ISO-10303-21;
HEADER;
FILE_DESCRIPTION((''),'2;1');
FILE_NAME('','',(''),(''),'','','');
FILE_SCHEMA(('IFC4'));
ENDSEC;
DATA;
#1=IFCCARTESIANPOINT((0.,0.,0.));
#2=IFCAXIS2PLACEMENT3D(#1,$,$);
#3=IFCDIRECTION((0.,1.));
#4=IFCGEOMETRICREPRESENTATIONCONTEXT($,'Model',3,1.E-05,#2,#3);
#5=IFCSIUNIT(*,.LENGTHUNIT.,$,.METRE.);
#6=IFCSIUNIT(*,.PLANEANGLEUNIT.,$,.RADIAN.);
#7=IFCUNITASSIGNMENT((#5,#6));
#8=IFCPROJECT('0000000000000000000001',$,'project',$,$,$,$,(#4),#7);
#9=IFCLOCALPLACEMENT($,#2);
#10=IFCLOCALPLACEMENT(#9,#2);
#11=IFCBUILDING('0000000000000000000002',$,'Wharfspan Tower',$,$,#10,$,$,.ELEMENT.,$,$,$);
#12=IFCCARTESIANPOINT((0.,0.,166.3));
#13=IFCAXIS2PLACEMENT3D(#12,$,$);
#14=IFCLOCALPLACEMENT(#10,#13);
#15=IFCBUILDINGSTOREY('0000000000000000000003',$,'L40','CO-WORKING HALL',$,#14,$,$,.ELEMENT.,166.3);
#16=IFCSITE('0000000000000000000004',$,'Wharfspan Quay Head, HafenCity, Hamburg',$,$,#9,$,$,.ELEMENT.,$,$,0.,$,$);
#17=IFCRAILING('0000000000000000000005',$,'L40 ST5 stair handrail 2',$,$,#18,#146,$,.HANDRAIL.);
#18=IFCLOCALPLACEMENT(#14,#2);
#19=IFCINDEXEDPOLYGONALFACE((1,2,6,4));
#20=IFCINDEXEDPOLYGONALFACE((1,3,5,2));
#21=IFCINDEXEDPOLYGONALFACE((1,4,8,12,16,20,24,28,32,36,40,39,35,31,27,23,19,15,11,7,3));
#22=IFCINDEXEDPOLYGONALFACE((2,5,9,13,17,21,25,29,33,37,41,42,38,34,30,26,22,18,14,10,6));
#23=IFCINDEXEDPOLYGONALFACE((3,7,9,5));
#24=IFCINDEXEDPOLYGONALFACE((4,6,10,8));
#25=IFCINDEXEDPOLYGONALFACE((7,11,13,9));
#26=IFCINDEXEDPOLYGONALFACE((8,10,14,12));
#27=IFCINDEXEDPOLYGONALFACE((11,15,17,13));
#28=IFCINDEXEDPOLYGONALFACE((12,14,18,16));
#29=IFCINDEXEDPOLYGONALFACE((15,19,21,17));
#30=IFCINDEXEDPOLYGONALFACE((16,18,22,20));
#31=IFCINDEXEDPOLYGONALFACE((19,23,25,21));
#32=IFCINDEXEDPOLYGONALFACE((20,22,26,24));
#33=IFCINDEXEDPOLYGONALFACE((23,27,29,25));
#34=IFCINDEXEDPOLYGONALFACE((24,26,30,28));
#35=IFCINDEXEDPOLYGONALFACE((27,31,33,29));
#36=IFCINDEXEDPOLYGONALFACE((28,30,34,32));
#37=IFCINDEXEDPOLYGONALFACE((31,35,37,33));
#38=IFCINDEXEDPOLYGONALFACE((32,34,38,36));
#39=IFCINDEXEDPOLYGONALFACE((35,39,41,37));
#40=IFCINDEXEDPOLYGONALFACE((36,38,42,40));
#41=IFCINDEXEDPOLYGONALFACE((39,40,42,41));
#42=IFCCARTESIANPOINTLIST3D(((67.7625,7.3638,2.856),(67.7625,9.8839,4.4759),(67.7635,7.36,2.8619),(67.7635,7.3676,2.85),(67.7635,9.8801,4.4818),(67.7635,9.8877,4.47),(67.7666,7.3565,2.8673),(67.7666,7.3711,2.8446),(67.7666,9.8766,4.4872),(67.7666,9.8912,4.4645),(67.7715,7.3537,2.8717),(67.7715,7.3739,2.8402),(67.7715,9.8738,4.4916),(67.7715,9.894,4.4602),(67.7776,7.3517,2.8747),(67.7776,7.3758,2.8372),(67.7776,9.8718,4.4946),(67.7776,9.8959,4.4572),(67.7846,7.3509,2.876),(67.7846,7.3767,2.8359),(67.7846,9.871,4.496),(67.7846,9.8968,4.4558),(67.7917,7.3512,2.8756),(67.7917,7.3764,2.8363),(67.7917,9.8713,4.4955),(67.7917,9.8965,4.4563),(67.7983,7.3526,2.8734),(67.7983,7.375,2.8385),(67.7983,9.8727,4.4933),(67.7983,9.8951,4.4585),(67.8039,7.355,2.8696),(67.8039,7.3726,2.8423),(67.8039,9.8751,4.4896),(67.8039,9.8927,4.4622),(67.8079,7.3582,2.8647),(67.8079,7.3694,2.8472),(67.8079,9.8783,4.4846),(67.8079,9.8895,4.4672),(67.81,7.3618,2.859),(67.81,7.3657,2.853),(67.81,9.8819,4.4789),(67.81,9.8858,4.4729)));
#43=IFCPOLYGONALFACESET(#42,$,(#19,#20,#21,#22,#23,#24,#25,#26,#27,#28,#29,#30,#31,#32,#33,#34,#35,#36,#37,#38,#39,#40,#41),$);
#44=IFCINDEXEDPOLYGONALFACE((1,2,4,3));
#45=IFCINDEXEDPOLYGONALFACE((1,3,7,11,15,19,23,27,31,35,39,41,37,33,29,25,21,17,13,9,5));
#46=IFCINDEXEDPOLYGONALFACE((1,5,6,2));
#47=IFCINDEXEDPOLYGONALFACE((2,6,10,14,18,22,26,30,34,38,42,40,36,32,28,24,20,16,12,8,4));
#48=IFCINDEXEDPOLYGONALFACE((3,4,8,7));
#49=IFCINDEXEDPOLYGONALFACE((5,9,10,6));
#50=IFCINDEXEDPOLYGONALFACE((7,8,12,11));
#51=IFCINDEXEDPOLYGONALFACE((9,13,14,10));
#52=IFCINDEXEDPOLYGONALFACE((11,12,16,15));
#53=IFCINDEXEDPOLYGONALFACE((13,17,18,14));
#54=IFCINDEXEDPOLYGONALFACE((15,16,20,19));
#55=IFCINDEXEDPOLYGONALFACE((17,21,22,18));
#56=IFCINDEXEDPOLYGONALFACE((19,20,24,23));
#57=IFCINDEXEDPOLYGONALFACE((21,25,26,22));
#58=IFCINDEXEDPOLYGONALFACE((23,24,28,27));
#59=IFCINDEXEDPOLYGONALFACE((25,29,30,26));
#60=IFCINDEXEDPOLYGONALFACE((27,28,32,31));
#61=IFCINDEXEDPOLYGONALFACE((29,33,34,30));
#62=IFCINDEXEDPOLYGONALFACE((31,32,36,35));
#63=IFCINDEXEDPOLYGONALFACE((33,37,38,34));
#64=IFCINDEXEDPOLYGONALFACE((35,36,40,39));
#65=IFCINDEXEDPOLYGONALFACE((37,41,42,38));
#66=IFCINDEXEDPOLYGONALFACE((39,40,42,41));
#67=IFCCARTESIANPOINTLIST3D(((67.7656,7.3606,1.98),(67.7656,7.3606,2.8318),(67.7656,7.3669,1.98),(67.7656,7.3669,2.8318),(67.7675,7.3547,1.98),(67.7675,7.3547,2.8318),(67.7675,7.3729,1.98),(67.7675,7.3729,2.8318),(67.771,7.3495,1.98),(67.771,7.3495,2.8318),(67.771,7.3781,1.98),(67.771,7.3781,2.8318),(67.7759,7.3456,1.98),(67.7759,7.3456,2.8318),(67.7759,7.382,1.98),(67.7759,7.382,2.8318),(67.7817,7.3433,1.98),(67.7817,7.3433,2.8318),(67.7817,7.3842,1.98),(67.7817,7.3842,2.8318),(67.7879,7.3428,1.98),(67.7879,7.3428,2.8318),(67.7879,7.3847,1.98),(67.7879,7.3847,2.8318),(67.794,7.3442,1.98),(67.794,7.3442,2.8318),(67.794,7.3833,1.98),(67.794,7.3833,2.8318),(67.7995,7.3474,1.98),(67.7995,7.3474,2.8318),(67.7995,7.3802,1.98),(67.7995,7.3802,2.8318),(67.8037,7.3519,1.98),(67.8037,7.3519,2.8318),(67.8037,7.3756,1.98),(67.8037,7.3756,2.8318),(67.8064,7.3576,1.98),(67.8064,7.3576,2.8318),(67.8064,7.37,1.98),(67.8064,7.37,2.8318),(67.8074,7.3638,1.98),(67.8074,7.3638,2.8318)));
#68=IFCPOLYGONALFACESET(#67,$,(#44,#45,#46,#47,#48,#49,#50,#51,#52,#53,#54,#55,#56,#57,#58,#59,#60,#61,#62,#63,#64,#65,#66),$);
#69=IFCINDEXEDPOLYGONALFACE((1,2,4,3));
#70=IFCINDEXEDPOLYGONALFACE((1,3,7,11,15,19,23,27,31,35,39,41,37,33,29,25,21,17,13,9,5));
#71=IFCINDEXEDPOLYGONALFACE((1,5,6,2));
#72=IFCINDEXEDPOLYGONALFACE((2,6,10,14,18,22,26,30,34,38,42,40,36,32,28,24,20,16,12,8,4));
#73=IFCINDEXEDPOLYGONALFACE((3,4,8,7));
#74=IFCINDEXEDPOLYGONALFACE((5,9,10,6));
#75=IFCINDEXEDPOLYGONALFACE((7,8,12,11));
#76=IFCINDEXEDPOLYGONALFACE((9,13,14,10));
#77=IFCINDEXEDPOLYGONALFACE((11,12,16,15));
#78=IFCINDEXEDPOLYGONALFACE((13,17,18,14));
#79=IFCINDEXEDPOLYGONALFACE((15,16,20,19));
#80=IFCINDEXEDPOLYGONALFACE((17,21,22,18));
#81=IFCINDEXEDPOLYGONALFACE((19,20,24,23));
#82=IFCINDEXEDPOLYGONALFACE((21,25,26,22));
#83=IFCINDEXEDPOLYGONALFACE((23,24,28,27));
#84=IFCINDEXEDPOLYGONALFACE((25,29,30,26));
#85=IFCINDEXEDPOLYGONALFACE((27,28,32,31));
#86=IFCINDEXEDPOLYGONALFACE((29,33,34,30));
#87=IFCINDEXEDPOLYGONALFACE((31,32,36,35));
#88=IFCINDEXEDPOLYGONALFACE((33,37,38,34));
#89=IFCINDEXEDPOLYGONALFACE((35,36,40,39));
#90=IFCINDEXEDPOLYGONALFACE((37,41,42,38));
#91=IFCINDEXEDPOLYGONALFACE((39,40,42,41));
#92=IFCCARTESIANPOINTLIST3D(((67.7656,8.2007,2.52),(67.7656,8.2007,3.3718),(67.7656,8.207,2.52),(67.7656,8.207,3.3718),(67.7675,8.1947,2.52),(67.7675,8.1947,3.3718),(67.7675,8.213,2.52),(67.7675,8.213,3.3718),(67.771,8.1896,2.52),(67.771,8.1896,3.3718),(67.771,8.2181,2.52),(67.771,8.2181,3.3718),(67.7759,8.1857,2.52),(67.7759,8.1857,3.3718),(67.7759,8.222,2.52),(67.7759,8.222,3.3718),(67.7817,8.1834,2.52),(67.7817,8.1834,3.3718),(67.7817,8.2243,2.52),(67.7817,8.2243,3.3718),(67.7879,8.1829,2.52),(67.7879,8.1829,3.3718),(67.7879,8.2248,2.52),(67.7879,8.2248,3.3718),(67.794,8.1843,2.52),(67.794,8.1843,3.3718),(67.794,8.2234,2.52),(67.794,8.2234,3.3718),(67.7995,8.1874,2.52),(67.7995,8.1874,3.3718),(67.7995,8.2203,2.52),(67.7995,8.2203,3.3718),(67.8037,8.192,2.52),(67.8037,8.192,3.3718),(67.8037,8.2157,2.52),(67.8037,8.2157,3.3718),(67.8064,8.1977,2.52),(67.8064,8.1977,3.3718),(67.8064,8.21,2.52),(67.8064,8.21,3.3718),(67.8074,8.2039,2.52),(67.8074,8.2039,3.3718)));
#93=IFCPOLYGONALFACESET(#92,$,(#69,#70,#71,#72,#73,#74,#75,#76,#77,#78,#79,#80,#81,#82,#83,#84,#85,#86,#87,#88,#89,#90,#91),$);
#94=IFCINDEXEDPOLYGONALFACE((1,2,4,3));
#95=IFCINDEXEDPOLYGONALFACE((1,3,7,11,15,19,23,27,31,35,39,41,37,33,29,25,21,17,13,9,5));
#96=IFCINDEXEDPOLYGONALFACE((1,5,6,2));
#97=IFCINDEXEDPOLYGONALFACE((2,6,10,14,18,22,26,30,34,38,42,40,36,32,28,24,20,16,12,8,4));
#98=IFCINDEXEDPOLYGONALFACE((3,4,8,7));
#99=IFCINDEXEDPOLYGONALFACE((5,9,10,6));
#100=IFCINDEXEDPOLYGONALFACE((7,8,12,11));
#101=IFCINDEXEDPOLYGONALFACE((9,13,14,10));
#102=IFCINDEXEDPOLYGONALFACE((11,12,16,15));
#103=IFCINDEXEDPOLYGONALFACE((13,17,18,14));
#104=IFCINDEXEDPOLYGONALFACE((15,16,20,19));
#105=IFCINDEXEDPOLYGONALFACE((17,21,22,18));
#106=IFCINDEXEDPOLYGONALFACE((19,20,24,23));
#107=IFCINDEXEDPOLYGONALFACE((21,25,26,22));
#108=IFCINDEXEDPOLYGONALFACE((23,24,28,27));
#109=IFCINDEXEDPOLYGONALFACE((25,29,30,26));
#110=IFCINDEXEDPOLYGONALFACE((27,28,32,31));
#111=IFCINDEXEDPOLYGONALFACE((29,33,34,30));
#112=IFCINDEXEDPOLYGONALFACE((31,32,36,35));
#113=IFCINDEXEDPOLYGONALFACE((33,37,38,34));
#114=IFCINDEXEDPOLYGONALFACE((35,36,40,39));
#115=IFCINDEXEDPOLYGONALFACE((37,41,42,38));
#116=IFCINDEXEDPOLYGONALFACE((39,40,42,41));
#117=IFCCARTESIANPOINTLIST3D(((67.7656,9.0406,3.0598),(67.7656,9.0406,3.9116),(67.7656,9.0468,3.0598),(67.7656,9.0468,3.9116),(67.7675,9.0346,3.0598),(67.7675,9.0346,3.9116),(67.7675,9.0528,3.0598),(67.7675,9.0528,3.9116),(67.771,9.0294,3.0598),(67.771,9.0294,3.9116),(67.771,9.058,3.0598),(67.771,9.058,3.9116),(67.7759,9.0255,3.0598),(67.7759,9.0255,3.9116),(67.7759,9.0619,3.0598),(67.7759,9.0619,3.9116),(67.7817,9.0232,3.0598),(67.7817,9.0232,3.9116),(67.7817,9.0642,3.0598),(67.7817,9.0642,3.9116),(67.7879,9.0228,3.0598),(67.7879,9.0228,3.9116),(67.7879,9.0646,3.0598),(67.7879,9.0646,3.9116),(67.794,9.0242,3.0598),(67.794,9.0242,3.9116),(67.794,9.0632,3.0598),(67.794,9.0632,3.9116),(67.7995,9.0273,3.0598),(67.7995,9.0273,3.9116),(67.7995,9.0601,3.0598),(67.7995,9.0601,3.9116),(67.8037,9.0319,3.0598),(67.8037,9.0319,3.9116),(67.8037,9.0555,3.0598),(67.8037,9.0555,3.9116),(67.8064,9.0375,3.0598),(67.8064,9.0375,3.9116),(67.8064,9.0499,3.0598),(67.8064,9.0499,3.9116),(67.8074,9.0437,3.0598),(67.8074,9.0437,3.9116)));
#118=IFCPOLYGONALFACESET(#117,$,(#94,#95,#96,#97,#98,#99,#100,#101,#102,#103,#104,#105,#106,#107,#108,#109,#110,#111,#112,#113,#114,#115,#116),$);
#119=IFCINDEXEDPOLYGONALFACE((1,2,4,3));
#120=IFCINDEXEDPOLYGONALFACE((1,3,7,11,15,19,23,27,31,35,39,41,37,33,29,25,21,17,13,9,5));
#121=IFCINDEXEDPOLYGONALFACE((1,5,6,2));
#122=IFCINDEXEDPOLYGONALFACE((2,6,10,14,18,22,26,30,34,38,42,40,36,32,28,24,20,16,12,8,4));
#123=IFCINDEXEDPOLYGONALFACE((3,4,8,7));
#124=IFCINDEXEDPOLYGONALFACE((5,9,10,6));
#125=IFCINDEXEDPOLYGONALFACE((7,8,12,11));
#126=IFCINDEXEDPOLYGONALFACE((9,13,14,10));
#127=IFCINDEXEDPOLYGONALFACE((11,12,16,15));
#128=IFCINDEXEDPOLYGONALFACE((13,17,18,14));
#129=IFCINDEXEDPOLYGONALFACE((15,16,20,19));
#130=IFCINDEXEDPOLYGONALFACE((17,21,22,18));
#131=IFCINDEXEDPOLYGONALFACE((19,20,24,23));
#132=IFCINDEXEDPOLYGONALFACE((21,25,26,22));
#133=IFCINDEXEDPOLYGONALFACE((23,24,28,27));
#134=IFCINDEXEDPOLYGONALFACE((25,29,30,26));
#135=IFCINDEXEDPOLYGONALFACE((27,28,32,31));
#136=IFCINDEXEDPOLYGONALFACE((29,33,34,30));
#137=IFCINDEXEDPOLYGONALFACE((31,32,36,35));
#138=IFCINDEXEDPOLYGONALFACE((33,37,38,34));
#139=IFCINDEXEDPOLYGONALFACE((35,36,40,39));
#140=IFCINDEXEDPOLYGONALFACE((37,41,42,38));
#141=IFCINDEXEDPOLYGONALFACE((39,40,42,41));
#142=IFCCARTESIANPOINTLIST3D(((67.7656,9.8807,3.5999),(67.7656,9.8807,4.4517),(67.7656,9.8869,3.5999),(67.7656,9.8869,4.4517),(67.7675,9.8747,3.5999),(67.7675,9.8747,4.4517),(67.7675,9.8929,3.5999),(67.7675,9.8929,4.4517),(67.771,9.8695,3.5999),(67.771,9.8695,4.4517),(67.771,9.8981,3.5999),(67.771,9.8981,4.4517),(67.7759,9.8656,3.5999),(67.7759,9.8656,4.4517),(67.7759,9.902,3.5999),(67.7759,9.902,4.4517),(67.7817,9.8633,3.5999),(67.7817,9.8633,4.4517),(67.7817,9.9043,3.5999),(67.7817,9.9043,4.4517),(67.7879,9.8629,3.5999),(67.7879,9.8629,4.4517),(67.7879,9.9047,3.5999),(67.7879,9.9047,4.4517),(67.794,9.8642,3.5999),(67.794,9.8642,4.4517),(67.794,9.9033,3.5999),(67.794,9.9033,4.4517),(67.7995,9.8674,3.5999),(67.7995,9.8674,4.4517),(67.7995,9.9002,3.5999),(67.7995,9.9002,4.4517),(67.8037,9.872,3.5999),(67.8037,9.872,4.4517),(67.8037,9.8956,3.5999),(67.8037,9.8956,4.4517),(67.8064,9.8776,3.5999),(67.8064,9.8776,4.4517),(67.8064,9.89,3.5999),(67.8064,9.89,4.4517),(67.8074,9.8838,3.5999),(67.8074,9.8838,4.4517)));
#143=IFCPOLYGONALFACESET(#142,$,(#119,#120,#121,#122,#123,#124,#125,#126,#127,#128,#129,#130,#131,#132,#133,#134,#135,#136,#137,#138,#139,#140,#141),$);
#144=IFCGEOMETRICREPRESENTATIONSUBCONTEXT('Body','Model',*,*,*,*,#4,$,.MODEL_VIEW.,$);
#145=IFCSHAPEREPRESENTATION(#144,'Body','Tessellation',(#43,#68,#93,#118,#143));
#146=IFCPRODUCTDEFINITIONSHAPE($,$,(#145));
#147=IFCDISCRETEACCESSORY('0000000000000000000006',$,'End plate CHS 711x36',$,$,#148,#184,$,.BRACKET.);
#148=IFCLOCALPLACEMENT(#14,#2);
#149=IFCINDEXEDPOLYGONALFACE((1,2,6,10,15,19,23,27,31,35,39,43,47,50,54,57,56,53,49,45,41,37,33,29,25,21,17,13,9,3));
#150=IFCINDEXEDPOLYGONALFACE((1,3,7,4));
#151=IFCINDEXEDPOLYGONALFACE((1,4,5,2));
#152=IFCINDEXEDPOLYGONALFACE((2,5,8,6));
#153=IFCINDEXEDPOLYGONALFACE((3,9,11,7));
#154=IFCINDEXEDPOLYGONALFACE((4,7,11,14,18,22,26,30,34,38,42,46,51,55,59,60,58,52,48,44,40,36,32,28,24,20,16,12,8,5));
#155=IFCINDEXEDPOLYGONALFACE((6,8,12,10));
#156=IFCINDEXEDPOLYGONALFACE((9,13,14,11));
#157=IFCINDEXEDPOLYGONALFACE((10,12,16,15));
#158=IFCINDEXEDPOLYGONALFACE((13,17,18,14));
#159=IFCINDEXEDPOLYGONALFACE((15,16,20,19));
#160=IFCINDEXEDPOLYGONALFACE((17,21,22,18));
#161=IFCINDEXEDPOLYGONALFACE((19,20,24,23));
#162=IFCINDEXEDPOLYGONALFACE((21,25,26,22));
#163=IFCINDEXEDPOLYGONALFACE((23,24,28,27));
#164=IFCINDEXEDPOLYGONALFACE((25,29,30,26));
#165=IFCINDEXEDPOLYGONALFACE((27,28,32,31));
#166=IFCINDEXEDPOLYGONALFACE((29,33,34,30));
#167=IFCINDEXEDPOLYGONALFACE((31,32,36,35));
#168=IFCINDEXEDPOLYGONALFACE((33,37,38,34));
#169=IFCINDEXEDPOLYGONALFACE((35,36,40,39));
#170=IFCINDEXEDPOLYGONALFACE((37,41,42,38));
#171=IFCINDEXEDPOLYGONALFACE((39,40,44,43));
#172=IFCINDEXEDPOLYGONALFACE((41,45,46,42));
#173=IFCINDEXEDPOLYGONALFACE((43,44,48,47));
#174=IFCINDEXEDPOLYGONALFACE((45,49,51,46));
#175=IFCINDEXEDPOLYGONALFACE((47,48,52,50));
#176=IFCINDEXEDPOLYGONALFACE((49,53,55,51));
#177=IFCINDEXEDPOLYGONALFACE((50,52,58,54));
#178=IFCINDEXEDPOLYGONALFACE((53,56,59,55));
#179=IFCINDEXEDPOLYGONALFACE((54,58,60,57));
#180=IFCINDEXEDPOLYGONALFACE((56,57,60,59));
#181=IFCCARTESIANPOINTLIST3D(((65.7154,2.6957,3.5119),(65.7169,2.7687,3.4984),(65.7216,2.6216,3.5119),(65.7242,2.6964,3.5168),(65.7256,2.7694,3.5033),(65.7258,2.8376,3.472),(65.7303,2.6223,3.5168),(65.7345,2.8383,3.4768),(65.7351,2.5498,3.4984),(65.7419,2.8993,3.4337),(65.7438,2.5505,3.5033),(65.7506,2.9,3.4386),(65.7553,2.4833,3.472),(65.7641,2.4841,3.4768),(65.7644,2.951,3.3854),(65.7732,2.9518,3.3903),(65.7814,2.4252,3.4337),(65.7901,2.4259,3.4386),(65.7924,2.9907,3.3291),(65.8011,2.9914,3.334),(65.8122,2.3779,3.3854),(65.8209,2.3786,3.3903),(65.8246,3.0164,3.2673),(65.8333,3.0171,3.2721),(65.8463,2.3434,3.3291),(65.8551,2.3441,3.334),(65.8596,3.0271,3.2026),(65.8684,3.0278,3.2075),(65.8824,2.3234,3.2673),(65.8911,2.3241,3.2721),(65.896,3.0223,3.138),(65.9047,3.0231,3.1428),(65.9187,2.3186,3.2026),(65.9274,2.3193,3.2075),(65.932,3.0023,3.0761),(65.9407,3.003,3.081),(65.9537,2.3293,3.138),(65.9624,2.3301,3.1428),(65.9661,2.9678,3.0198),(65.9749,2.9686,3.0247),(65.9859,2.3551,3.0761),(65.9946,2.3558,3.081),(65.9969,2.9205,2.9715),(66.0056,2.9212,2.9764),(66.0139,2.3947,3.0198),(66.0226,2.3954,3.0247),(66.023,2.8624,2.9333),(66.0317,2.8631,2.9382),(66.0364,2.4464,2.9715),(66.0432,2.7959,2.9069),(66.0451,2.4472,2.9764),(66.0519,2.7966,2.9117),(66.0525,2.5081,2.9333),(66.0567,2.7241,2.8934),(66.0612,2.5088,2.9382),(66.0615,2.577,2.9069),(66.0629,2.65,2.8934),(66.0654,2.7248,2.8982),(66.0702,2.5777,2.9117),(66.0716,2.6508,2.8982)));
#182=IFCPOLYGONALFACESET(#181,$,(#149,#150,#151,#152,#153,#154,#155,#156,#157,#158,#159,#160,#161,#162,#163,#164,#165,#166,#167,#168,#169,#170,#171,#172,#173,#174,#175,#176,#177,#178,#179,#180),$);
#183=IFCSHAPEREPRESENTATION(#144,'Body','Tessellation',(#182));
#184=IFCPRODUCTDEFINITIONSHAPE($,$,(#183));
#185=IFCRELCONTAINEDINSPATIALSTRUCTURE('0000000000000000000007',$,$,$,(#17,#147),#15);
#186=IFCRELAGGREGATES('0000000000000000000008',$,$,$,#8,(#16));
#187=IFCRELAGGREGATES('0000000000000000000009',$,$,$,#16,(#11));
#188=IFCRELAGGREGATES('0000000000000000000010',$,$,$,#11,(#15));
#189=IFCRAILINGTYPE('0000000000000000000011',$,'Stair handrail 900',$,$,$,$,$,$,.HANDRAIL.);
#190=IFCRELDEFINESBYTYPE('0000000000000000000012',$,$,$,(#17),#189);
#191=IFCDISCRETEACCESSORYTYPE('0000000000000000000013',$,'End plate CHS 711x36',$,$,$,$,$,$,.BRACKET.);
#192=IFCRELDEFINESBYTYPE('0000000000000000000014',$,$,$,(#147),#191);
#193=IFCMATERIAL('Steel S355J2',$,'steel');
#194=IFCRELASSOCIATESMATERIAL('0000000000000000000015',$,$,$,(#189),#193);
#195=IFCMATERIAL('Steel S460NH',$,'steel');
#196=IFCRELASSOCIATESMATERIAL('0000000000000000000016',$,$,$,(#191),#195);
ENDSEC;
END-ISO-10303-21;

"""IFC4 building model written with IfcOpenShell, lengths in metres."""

from ifc_helpers import new_model, si_unit, direction, frame, origin, origin_2d, place, context, subcontext, project, spatial, circle, extrude, material, material_profile, profile_set, type_object, element, save


model = new_model("IFC4")

# Units and contexts
model_context = context("Model", 3, precision=1e-05, world=origin(), true_north=direction((0.0, 1.0)))
body_context = subcontext(model_context, "Body", "Model", "MODEL_VIEW")
ifc_project = project(units=[si_unit("LENGTHUNIT", "METRE"), si_unit("PLANEANGLEUNIT", "RADIAN")], contexts=[model_context])

# Site, building, storey
site_placement = place(None, origin())
site = spatial("IfcSite", under=ifc_project, at=site_placement, Name="Wharfspan Quay Head, HafenCity, Hamburg", CompositionType="ELEMENT", RefElevation=0.0)
building_placement = place(site_placement, origin())
building = spatial("IfcBuilding", under=site, at=building_placement, Name="Wharfspan Tower", CompositionType="ELEMENT")
storey_placement = place(building_placement, frame((0.0, 0.0, 166.3)))
storey = spatial("IfcBuildingStorey", under=building, at=storey_placement, Name="L40", Description="CO-WORKING HALL", CompositionType="ELEMENT", Elevation=166.3)

# Shared definitions
ifc_material_1 = material(Name="Steel S355J2", Category="steel")

# Shared definitions
ifc_material_2 = material(Name="Steel S460NH", Category="steel")

# Railing
railing_type_1 = type_object("IfcRailingType", Name="Stair handrail 900", PredefinedType="HANDRAIL", material=ifc_material_1)
railing_1_placement = place(storey_placement, frame((67.7864, 7.3638, 1.98)))
element("IfcRailing", 1, at=railing_1_placement, inside=storey, type_object=railing_type_1, Name="L40 ST5 stair handrail 2", PredefinedType="HANDRAIL", context=body_context, shape_type="SweptSolid", body=[
    extrude(circle(Radius=0.0239, at=origin_2d()), frame((0.0, 0.0, 0.876), z_axis=(0.0, 0.8412, 0.540725), x_axis=(-1.0, 0.0, 0.0)), (0.0, 0.0, 1.0), 2.9958),
    extrude(circle(Radius=0.021, at=origin_2d()), origin(), (0.0, 0.0, 1.0), 0.8518),
    extrude(circle(Radius=0.021, at=origin_2d()), frame((0.0, 0.8401, 0.54)), (0.0, 0.0, 1.0), 0.8518),
    extrude(circle(Radius=0.021, at=origin_2d()), frame((0.0, 1.6799, 1.0798)), (0.0, 0.0, 1.0), 0.8518),
    extrude(circle(Radius=0.021, at=origin_2d()), frame((0.0, 2.52, 1.6199)), (0.0, 0.0, 1.0), 0.8518),
])

# Discrete accessory
ifc_material_profile_1 = material_profile(ifc_material_2, circle(Radius=0.3555, at=origin_2d()))
ifc_profile_set_1 = profile_set([ifc_material_profile_1], Name="Steel S460NH")
discrete_accessory_type = type_object("IfcDiscreteAccessoryType", Name="End plate CHS 711x36", PredefinedType="BRACKET", material=ifc_profile_set_1)
discrete_accessory_1_placement = place(storey_placement, frame((65.8892, 2.6729, 3.2026), z_axis=(0.871847, 0.072654, 0.484359), x_axis=(-0.083044, 0.996547, -0.000003)))
element("IfcDiscreteAccessory", 2, at=discrete_accessory_1_placement, inside=storey, type_object=discrete_accessory_type, Name="End plate CHS 711x36", PredefinedType="BRACKET", context=body_context, shape_type="SweptSolid", body=[
    extrude(circle(Radius=0.3555, at=origin_2d()), origin(), (0.0, 0.0, 1.0), 0.01),
])

save(model, "model.ifc")
